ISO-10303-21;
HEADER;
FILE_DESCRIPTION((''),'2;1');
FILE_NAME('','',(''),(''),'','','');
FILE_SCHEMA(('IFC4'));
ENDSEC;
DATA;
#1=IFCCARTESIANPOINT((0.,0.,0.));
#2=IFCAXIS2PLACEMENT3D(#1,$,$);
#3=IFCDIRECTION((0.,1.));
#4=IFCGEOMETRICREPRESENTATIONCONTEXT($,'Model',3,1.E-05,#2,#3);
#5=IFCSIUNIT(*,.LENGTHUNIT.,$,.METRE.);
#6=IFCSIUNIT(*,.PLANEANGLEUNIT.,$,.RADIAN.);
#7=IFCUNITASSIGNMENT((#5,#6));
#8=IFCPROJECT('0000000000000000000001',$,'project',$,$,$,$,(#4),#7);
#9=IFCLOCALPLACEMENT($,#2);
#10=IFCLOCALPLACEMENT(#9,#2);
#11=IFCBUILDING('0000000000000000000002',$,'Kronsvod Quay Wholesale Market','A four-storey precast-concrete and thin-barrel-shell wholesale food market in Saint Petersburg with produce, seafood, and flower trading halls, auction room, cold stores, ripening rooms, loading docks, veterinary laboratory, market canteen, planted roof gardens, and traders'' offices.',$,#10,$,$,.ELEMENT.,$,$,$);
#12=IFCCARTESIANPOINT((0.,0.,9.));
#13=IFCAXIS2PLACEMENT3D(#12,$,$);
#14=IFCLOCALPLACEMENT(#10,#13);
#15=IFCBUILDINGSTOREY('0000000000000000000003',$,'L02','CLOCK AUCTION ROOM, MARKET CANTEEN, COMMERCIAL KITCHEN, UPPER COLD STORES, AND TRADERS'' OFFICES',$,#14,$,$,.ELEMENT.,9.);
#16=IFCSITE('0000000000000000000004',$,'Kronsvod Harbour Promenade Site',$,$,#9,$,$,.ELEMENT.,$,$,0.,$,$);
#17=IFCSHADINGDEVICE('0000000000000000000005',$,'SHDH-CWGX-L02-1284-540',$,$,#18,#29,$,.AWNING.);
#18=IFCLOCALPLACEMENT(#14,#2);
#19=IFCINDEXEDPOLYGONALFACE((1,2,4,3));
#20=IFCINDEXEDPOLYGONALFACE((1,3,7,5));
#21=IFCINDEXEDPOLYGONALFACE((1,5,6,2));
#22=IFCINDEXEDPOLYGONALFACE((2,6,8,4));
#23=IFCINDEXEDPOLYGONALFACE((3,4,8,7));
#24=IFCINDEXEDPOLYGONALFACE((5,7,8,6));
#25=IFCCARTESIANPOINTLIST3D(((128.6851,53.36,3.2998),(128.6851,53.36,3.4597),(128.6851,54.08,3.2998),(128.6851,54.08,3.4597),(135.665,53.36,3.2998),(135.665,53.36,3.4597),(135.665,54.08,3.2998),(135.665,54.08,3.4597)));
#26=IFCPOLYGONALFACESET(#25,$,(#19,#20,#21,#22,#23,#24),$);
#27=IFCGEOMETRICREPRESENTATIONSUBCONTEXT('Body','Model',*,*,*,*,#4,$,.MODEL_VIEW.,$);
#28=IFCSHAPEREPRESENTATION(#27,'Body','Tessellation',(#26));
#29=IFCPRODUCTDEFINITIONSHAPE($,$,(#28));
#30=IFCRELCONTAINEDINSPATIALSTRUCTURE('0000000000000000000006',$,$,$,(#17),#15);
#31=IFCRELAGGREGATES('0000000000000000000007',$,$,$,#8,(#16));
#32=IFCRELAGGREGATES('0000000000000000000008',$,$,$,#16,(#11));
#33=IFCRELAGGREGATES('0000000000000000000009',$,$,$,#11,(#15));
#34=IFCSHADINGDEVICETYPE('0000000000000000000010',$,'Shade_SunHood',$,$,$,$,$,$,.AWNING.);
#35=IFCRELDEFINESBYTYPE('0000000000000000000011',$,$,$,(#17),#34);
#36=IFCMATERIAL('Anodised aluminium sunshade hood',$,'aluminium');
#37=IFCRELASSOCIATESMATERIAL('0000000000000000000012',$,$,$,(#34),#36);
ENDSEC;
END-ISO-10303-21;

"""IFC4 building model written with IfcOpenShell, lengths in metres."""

from ifc_helpers import new_model, si_unit, direction, frame, origin, origin_2d, place, context, subcontext, project, spatial, rectangle, extrude, material, type_object, element, save


model = new_model("IFC4")

# Units and contexts
model_context = context("Model", 3, precision=1e-05, world=origin(), true_north=direction((0.0, 1.0)))
body_context = subcontext(model_context, "Body", "Model", "MODEL_VIEW")
ifc_project = project(units=[si_unit("LENGTHUNIT", "METRE"), si_unit("PLANEANGLEUNIT", "RADIAN")], contexts=[model_context])

# Site, building, storey
site_placement = place(None, origin())
site = spatial("IfcSite", under=ifc_project, at=site_placement, Name="Kronsvod Harbour Promenade Site", CompositionType="ELEMENT", RefElevation=0.0)
building_placement = place(site_placement, origin())
building = spatial("IfcBuilding", under=site, at=building_placement, Name="Kronsvod Quay Wholesale Market", Description="A four-storey precast-concrete and thin-barrel-shell wholesale food market in Saint Petersburg with produce, seafood, and flower trading halls, auction room, cold stores, ripening rooms, loading docks, veterinary laboratory, market canteen, planted roof gardens, and traders' offices.", CompositionType="ELEMENT")
storey_placement = place(building_placement, frame((0.0, 0.0, 9.0)))
storey = spatial("IfcBuildingStorey", under=building, at=storey_placement, Name="L02", Description="CLOCK AUCTION ROOM, MARKET CANTEEN, COMMERCIAL KITCHEN, UPPER COLD STORES, AND TRADERS' OFFICES", CompositionType="ELEMENT", Elevation=9.0)

# Shading device
ifc_material_1 = material(Name="Anodised aluminium sunshade hood", Category="aluminium")
shading_device_type_1 = type_object("IfcShadingDeviceType", Name="Shade_SunHood", PredefinedType="AWNING", material=ifc_material_1)
shading_device_placement = place(storey_placement, frame((132.175, 53.72, 3.2998), z_axis=(0.0, 0.0, 1.0), x_axis=(1.0, 0.0, 0.0)))
element("IfcShadingDevice", 1, at=shading_device_placement, inside=storey, type_object=shading_device_type_1, Name="SHDH-CWGX-L02-1284-540", PredefinedType="AWNING", context=body_context, shape_type="SweptSolid", body=[
    extrude(rectangle(XDim=6.98, YDim=0.72, at=origin_2d()), origin(), (0.0, 0.0, 1.0), 0.1599),
])

save(model, "model.ifc")
